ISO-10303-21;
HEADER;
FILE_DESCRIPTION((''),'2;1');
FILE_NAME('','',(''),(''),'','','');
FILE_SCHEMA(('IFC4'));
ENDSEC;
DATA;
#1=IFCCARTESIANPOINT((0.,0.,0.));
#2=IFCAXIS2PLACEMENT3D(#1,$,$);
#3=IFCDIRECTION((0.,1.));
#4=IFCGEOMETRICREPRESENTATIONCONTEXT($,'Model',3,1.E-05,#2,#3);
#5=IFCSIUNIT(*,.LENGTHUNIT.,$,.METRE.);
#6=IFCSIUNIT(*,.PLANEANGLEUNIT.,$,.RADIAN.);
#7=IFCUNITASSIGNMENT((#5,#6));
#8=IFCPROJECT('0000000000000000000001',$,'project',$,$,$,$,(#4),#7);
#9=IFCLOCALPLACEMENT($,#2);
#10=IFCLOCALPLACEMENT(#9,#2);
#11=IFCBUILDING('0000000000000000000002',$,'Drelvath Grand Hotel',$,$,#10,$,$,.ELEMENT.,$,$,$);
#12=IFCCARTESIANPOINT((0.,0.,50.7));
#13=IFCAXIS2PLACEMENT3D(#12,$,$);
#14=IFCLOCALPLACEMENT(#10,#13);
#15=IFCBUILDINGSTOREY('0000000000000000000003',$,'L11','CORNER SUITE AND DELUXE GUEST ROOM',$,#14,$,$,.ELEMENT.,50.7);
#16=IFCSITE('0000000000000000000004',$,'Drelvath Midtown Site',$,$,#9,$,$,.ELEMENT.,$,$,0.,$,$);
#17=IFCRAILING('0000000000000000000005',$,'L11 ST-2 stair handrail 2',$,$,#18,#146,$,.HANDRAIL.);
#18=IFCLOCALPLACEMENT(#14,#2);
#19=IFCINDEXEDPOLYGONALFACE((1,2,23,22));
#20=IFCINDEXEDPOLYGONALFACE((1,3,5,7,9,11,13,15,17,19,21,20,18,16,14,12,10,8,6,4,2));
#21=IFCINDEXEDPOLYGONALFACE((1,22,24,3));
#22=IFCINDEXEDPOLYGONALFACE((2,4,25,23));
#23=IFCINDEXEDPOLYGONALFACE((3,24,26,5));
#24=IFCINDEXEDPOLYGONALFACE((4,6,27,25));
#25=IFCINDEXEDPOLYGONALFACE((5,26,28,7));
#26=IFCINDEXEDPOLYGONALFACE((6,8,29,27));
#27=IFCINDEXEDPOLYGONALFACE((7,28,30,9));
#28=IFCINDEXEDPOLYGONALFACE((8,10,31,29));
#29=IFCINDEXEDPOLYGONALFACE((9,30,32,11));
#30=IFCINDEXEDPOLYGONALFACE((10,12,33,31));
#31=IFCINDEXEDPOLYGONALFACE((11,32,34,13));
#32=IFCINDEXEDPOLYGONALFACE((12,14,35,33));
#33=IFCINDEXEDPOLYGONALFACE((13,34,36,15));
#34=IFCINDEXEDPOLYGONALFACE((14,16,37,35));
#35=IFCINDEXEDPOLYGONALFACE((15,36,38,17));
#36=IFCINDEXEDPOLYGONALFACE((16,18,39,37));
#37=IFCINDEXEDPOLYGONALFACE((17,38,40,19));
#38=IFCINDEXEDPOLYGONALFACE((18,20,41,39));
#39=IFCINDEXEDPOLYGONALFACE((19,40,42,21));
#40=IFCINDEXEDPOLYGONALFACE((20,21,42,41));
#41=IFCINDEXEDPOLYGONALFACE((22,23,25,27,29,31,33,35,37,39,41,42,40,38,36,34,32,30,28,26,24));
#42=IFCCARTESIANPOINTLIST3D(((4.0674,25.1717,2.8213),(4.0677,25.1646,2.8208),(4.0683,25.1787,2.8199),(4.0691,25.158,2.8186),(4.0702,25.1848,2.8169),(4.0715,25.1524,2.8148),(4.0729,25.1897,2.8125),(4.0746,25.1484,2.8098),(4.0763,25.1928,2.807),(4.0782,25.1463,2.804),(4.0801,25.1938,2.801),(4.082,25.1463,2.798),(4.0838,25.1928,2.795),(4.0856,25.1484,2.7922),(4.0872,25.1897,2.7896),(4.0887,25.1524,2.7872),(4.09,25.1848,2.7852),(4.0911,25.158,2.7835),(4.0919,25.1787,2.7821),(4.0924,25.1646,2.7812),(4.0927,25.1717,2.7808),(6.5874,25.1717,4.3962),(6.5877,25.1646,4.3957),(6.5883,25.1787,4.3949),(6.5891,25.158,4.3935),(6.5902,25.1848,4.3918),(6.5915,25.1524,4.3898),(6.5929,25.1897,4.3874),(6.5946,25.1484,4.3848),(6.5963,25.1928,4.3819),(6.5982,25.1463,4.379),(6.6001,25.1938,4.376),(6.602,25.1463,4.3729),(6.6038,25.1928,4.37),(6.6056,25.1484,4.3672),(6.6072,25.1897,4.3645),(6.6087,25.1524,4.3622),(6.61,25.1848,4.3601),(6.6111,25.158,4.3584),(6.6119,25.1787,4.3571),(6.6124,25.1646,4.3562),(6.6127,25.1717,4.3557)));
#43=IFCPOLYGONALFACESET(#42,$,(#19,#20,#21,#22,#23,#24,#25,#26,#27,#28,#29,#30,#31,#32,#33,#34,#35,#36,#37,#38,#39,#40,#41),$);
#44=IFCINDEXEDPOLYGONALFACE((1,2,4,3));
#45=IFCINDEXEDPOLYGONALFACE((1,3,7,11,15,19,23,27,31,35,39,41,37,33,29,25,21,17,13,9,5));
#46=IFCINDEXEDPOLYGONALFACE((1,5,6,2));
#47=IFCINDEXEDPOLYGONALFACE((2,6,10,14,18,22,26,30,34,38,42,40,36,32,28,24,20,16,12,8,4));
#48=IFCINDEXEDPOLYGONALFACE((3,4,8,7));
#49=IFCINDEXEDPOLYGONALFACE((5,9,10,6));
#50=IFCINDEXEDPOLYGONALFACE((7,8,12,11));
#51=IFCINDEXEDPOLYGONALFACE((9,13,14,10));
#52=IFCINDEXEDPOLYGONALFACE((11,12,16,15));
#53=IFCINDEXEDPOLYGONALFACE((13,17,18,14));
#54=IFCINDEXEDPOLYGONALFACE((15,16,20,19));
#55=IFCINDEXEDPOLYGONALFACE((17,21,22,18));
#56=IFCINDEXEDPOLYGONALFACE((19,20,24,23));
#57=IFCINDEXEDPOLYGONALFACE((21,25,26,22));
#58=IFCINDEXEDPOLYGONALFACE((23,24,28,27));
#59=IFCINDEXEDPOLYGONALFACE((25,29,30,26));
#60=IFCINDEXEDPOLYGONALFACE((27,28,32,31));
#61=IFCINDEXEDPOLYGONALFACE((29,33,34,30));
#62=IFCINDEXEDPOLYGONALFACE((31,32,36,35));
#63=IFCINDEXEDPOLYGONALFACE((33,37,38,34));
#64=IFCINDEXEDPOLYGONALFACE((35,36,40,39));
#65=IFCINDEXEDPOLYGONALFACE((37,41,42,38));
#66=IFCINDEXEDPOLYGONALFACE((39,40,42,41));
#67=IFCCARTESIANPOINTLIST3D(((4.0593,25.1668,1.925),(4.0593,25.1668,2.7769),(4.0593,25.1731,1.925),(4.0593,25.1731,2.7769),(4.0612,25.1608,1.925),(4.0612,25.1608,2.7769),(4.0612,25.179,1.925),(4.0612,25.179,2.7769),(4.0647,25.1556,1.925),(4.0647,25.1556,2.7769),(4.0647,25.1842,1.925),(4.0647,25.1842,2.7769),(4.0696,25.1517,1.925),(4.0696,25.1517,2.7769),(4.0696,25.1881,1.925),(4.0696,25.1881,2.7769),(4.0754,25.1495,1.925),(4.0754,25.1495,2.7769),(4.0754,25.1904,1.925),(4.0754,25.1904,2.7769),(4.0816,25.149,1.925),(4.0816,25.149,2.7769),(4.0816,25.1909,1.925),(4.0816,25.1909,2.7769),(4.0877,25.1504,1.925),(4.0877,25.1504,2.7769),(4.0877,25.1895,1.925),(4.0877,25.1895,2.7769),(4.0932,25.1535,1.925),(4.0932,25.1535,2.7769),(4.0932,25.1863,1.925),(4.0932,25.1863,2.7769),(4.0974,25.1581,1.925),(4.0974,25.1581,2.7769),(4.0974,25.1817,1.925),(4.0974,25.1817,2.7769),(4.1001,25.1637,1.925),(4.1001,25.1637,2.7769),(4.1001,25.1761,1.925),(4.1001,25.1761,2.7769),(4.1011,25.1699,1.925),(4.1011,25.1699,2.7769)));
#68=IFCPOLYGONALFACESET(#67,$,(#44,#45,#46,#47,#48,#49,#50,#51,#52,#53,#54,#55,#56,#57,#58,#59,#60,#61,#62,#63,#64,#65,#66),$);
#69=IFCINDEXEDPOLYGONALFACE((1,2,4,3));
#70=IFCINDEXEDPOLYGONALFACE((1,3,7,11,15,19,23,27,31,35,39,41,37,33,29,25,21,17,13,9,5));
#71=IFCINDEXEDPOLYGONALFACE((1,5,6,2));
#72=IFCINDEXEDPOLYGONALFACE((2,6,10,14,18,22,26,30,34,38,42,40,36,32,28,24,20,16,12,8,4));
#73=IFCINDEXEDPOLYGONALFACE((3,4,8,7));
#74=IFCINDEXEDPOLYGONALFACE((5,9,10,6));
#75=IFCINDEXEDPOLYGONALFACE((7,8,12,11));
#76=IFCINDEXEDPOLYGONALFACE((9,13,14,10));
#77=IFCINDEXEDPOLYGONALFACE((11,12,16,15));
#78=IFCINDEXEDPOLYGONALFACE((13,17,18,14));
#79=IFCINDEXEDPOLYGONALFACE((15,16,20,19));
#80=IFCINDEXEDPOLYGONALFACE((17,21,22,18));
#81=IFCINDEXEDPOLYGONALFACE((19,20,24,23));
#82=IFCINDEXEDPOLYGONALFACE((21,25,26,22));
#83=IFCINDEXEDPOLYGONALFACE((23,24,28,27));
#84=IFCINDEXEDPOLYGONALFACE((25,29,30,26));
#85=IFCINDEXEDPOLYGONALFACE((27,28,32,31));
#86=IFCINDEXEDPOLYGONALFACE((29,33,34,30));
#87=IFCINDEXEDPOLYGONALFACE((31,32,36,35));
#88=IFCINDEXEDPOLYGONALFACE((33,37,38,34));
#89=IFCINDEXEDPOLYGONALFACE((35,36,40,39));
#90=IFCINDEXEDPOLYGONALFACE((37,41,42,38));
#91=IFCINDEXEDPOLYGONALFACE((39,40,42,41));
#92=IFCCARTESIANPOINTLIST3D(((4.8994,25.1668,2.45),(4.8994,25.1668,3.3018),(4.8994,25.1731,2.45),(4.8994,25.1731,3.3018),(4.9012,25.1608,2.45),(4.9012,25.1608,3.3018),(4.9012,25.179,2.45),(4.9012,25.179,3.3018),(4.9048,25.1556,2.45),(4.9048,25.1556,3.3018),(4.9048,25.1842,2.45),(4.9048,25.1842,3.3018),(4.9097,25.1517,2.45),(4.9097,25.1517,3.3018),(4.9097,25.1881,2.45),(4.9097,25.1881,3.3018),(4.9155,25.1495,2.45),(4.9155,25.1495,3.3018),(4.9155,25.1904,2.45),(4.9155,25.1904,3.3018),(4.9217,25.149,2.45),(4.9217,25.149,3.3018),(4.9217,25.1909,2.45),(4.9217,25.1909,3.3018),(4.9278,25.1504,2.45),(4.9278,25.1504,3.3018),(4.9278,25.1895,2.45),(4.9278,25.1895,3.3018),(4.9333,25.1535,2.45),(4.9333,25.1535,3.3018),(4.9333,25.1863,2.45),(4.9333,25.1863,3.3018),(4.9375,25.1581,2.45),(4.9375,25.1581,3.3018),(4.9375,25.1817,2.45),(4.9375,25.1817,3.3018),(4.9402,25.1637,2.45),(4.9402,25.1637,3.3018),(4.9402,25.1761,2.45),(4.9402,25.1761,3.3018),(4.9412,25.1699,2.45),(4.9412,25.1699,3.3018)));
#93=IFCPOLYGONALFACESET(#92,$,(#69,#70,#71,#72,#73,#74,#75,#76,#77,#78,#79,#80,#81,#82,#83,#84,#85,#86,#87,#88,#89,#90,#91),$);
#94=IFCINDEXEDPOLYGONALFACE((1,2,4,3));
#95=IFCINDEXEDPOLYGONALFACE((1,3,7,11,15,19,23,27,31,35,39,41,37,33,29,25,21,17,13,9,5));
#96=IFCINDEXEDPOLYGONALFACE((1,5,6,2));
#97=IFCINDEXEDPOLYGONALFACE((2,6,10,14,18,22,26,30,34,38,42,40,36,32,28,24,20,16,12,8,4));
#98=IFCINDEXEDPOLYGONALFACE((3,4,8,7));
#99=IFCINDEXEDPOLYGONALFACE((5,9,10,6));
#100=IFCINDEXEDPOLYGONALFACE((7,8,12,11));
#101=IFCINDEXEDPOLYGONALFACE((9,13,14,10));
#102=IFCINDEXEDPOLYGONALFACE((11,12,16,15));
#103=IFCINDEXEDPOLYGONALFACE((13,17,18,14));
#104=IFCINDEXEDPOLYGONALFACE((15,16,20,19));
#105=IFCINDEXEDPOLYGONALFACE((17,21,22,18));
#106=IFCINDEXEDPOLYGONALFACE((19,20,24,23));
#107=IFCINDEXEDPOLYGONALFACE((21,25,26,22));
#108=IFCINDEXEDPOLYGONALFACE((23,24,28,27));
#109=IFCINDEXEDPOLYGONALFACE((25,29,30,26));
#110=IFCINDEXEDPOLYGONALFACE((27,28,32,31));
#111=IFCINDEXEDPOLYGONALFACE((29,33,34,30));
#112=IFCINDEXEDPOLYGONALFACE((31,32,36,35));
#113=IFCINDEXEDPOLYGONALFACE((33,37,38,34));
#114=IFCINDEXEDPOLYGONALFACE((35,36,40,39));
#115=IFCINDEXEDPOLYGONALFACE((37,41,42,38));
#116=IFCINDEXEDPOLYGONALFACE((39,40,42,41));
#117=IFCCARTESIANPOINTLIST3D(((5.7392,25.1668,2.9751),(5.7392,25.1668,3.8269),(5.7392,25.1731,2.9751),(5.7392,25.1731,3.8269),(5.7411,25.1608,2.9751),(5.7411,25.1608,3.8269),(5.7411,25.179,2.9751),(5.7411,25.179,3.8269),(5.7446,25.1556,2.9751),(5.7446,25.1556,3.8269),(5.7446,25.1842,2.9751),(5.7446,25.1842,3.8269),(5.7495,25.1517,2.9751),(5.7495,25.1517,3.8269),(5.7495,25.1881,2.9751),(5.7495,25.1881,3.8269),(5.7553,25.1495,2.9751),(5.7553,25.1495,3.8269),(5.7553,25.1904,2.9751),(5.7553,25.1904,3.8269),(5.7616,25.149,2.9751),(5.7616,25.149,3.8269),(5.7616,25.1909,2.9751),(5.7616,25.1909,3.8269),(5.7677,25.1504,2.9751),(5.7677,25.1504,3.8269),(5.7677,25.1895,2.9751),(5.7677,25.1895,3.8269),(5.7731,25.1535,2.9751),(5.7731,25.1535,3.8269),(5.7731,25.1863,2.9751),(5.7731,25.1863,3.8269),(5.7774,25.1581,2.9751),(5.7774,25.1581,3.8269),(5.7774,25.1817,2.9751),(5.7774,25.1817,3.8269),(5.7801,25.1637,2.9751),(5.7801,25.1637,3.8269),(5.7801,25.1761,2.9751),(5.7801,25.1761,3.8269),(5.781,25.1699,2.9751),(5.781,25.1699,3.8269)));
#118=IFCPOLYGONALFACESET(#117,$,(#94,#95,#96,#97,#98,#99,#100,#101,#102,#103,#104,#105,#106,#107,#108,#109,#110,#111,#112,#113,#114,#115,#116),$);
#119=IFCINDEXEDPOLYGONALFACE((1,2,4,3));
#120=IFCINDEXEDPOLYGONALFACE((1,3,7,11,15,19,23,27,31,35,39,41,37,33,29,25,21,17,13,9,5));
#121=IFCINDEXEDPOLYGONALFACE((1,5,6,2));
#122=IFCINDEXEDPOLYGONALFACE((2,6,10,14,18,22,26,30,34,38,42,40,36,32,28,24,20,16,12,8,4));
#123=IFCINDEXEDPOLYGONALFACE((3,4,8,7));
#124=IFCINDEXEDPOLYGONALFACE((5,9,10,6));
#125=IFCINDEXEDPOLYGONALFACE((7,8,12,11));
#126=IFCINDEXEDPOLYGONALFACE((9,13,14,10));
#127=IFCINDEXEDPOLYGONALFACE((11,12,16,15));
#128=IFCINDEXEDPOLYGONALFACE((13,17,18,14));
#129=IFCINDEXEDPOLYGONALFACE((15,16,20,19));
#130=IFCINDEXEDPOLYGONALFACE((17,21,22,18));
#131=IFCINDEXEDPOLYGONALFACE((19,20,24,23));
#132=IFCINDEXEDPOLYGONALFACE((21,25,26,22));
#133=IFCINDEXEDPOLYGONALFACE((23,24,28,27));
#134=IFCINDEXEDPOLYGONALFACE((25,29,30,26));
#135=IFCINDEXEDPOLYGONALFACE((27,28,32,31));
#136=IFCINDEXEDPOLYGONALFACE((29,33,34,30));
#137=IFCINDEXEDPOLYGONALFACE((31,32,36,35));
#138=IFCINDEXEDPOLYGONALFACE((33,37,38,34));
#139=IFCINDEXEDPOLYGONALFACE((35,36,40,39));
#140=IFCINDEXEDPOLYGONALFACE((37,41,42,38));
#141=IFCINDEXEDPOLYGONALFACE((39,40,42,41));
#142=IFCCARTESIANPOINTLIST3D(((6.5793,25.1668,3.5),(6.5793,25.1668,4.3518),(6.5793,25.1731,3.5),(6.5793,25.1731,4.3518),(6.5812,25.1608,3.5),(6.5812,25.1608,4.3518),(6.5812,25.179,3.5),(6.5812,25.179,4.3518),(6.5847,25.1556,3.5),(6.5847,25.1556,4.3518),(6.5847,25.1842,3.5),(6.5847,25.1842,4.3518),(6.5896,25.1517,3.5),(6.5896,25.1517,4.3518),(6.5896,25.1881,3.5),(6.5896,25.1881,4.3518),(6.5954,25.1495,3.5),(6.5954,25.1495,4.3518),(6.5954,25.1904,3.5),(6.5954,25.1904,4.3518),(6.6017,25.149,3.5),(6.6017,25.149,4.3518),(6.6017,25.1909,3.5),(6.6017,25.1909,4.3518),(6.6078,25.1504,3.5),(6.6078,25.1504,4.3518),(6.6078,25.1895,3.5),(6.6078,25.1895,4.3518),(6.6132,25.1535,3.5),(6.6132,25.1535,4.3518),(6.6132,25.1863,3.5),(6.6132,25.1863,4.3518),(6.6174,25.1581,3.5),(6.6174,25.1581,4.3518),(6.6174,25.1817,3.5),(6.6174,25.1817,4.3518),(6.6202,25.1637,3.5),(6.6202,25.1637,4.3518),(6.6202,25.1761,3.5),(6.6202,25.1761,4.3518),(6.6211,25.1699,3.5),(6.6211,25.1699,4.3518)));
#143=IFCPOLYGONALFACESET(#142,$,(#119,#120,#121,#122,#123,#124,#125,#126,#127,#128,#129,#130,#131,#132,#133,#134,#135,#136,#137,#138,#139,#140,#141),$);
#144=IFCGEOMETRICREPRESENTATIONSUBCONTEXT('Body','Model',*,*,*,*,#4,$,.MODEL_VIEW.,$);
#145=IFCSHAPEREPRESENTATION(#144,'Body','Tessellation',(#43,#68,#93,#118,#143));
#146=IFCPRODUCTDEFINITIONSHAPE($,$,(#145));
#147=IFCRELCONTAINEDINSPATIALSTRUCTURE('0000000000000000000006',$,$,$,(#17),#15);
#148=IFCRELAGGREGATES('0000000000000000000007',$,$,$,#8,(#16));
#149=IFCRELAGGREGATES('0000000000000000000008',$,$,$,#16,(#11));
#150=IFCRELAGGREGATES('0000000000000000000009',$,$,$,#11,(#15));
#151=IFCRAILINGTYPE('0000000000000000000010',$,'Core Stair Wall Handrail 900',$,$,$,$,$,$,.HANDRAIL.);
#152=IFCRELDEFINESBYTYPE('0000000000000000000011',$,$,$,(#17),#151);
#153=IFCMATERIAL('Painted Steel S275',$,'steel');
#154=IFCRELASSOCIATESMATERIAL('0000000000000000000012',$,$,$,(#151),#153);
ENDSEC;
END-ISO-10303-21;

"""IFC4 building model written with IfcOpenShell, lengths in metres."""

from ifc_helpers import new_model, si_unit, direction, frame, origin, origin_2d, place, context, subcontext, project, spatial, circle, extrude, material, type_object, element, save


model = new_model("IFC4")

# Units and contexts
model_context = context("Model", 3, precision=1e-05, world=origin(), true_north=direction((0.0, 1.0)))
body_context = subcontext(model_context, "Body", "Model", "MODEL_VIEW")
ifc_project = project(units=[si_unit("LENGTHUNIT", "METRE"), si_unit("PLANEANGLEUNIT", "RADIAN")], contexts=[model_context])

# Site, building, storey
site_placement = place(None, origin())
site = spatial("IfcSite", under=ifc_project, at=site_placement, Name="Drelvath Midtown Site", CompositionType="ELEMENT", RefElevation=0.0)
building_placement = place(site_placement, origin())
building = spatial("IfcBuilding", under=site, at=building_placement, Name="Drelvath Grand Hotel", CompositionType="ELEMENT")
storey_placement = place(building_placement, frame((0.0, 0.0, 50.7)))
storey = spatial("IfcBuildingStorey", under=building, at=storey_placement, Name="L11", Description="CORNER SUITE AND DELUXE GUEST ROOM", CompositionType="ELEMENT", Elevation=50.7)

# Shared definitions
ifc_material_1 = material(Name="Painted Steel S275", Category="steel")

# Railing
railing_type_1 = type_object("IfcRailingType", Name="Core Stair Wall Handrail 900", PredefinedType="HANDRAIL", material=ifc_material_1)
railing_1_placement = place(storey_placement, frame((4.0801, 25.1699, 1.925)))
element("IfcRailing", 1, at=railing_1_placement, inside=storey, type_object=railing_type_1, Name="L11 ST-2 stair handrail 2", PredefinedType="HANDRAIL", context=body_context, shape_type="SweptSolid", body=[
    extrude(circle(Radius=0.0239, at=origin_2d()), frame((0.0, 0.0, 0.876), z_axis=(0.848008, 0.0, 0.529984), x_axis=(0.0, 1.0, 0.0)), (0.0, 0.0, 1.0), 2.9717),
    extrude(circle(Radius=0.021, at=origin_2d()), origin(), (0.0, 0.0, 1.0), 0.8518),
    extrude(circle(Radius=0.021, at=origin_2d()), frame((0.8401, 0.0, 0.5249)), (0.0, 0.0, 1.0), 0.8518),
    extrude(circle(Radius=0.021, at=origin_2d()), frame((1.6799, 0.0, 1.05)), (0.0, 0.0, 1.0), 0.8518),
    extrude(circle(Radius=0.021, at=origin_2d()), frame((2.52, 0.0, 1.575)), (0.0, 0.0, 1.0), 0.8518),
])

save(model, "model.ifc")
